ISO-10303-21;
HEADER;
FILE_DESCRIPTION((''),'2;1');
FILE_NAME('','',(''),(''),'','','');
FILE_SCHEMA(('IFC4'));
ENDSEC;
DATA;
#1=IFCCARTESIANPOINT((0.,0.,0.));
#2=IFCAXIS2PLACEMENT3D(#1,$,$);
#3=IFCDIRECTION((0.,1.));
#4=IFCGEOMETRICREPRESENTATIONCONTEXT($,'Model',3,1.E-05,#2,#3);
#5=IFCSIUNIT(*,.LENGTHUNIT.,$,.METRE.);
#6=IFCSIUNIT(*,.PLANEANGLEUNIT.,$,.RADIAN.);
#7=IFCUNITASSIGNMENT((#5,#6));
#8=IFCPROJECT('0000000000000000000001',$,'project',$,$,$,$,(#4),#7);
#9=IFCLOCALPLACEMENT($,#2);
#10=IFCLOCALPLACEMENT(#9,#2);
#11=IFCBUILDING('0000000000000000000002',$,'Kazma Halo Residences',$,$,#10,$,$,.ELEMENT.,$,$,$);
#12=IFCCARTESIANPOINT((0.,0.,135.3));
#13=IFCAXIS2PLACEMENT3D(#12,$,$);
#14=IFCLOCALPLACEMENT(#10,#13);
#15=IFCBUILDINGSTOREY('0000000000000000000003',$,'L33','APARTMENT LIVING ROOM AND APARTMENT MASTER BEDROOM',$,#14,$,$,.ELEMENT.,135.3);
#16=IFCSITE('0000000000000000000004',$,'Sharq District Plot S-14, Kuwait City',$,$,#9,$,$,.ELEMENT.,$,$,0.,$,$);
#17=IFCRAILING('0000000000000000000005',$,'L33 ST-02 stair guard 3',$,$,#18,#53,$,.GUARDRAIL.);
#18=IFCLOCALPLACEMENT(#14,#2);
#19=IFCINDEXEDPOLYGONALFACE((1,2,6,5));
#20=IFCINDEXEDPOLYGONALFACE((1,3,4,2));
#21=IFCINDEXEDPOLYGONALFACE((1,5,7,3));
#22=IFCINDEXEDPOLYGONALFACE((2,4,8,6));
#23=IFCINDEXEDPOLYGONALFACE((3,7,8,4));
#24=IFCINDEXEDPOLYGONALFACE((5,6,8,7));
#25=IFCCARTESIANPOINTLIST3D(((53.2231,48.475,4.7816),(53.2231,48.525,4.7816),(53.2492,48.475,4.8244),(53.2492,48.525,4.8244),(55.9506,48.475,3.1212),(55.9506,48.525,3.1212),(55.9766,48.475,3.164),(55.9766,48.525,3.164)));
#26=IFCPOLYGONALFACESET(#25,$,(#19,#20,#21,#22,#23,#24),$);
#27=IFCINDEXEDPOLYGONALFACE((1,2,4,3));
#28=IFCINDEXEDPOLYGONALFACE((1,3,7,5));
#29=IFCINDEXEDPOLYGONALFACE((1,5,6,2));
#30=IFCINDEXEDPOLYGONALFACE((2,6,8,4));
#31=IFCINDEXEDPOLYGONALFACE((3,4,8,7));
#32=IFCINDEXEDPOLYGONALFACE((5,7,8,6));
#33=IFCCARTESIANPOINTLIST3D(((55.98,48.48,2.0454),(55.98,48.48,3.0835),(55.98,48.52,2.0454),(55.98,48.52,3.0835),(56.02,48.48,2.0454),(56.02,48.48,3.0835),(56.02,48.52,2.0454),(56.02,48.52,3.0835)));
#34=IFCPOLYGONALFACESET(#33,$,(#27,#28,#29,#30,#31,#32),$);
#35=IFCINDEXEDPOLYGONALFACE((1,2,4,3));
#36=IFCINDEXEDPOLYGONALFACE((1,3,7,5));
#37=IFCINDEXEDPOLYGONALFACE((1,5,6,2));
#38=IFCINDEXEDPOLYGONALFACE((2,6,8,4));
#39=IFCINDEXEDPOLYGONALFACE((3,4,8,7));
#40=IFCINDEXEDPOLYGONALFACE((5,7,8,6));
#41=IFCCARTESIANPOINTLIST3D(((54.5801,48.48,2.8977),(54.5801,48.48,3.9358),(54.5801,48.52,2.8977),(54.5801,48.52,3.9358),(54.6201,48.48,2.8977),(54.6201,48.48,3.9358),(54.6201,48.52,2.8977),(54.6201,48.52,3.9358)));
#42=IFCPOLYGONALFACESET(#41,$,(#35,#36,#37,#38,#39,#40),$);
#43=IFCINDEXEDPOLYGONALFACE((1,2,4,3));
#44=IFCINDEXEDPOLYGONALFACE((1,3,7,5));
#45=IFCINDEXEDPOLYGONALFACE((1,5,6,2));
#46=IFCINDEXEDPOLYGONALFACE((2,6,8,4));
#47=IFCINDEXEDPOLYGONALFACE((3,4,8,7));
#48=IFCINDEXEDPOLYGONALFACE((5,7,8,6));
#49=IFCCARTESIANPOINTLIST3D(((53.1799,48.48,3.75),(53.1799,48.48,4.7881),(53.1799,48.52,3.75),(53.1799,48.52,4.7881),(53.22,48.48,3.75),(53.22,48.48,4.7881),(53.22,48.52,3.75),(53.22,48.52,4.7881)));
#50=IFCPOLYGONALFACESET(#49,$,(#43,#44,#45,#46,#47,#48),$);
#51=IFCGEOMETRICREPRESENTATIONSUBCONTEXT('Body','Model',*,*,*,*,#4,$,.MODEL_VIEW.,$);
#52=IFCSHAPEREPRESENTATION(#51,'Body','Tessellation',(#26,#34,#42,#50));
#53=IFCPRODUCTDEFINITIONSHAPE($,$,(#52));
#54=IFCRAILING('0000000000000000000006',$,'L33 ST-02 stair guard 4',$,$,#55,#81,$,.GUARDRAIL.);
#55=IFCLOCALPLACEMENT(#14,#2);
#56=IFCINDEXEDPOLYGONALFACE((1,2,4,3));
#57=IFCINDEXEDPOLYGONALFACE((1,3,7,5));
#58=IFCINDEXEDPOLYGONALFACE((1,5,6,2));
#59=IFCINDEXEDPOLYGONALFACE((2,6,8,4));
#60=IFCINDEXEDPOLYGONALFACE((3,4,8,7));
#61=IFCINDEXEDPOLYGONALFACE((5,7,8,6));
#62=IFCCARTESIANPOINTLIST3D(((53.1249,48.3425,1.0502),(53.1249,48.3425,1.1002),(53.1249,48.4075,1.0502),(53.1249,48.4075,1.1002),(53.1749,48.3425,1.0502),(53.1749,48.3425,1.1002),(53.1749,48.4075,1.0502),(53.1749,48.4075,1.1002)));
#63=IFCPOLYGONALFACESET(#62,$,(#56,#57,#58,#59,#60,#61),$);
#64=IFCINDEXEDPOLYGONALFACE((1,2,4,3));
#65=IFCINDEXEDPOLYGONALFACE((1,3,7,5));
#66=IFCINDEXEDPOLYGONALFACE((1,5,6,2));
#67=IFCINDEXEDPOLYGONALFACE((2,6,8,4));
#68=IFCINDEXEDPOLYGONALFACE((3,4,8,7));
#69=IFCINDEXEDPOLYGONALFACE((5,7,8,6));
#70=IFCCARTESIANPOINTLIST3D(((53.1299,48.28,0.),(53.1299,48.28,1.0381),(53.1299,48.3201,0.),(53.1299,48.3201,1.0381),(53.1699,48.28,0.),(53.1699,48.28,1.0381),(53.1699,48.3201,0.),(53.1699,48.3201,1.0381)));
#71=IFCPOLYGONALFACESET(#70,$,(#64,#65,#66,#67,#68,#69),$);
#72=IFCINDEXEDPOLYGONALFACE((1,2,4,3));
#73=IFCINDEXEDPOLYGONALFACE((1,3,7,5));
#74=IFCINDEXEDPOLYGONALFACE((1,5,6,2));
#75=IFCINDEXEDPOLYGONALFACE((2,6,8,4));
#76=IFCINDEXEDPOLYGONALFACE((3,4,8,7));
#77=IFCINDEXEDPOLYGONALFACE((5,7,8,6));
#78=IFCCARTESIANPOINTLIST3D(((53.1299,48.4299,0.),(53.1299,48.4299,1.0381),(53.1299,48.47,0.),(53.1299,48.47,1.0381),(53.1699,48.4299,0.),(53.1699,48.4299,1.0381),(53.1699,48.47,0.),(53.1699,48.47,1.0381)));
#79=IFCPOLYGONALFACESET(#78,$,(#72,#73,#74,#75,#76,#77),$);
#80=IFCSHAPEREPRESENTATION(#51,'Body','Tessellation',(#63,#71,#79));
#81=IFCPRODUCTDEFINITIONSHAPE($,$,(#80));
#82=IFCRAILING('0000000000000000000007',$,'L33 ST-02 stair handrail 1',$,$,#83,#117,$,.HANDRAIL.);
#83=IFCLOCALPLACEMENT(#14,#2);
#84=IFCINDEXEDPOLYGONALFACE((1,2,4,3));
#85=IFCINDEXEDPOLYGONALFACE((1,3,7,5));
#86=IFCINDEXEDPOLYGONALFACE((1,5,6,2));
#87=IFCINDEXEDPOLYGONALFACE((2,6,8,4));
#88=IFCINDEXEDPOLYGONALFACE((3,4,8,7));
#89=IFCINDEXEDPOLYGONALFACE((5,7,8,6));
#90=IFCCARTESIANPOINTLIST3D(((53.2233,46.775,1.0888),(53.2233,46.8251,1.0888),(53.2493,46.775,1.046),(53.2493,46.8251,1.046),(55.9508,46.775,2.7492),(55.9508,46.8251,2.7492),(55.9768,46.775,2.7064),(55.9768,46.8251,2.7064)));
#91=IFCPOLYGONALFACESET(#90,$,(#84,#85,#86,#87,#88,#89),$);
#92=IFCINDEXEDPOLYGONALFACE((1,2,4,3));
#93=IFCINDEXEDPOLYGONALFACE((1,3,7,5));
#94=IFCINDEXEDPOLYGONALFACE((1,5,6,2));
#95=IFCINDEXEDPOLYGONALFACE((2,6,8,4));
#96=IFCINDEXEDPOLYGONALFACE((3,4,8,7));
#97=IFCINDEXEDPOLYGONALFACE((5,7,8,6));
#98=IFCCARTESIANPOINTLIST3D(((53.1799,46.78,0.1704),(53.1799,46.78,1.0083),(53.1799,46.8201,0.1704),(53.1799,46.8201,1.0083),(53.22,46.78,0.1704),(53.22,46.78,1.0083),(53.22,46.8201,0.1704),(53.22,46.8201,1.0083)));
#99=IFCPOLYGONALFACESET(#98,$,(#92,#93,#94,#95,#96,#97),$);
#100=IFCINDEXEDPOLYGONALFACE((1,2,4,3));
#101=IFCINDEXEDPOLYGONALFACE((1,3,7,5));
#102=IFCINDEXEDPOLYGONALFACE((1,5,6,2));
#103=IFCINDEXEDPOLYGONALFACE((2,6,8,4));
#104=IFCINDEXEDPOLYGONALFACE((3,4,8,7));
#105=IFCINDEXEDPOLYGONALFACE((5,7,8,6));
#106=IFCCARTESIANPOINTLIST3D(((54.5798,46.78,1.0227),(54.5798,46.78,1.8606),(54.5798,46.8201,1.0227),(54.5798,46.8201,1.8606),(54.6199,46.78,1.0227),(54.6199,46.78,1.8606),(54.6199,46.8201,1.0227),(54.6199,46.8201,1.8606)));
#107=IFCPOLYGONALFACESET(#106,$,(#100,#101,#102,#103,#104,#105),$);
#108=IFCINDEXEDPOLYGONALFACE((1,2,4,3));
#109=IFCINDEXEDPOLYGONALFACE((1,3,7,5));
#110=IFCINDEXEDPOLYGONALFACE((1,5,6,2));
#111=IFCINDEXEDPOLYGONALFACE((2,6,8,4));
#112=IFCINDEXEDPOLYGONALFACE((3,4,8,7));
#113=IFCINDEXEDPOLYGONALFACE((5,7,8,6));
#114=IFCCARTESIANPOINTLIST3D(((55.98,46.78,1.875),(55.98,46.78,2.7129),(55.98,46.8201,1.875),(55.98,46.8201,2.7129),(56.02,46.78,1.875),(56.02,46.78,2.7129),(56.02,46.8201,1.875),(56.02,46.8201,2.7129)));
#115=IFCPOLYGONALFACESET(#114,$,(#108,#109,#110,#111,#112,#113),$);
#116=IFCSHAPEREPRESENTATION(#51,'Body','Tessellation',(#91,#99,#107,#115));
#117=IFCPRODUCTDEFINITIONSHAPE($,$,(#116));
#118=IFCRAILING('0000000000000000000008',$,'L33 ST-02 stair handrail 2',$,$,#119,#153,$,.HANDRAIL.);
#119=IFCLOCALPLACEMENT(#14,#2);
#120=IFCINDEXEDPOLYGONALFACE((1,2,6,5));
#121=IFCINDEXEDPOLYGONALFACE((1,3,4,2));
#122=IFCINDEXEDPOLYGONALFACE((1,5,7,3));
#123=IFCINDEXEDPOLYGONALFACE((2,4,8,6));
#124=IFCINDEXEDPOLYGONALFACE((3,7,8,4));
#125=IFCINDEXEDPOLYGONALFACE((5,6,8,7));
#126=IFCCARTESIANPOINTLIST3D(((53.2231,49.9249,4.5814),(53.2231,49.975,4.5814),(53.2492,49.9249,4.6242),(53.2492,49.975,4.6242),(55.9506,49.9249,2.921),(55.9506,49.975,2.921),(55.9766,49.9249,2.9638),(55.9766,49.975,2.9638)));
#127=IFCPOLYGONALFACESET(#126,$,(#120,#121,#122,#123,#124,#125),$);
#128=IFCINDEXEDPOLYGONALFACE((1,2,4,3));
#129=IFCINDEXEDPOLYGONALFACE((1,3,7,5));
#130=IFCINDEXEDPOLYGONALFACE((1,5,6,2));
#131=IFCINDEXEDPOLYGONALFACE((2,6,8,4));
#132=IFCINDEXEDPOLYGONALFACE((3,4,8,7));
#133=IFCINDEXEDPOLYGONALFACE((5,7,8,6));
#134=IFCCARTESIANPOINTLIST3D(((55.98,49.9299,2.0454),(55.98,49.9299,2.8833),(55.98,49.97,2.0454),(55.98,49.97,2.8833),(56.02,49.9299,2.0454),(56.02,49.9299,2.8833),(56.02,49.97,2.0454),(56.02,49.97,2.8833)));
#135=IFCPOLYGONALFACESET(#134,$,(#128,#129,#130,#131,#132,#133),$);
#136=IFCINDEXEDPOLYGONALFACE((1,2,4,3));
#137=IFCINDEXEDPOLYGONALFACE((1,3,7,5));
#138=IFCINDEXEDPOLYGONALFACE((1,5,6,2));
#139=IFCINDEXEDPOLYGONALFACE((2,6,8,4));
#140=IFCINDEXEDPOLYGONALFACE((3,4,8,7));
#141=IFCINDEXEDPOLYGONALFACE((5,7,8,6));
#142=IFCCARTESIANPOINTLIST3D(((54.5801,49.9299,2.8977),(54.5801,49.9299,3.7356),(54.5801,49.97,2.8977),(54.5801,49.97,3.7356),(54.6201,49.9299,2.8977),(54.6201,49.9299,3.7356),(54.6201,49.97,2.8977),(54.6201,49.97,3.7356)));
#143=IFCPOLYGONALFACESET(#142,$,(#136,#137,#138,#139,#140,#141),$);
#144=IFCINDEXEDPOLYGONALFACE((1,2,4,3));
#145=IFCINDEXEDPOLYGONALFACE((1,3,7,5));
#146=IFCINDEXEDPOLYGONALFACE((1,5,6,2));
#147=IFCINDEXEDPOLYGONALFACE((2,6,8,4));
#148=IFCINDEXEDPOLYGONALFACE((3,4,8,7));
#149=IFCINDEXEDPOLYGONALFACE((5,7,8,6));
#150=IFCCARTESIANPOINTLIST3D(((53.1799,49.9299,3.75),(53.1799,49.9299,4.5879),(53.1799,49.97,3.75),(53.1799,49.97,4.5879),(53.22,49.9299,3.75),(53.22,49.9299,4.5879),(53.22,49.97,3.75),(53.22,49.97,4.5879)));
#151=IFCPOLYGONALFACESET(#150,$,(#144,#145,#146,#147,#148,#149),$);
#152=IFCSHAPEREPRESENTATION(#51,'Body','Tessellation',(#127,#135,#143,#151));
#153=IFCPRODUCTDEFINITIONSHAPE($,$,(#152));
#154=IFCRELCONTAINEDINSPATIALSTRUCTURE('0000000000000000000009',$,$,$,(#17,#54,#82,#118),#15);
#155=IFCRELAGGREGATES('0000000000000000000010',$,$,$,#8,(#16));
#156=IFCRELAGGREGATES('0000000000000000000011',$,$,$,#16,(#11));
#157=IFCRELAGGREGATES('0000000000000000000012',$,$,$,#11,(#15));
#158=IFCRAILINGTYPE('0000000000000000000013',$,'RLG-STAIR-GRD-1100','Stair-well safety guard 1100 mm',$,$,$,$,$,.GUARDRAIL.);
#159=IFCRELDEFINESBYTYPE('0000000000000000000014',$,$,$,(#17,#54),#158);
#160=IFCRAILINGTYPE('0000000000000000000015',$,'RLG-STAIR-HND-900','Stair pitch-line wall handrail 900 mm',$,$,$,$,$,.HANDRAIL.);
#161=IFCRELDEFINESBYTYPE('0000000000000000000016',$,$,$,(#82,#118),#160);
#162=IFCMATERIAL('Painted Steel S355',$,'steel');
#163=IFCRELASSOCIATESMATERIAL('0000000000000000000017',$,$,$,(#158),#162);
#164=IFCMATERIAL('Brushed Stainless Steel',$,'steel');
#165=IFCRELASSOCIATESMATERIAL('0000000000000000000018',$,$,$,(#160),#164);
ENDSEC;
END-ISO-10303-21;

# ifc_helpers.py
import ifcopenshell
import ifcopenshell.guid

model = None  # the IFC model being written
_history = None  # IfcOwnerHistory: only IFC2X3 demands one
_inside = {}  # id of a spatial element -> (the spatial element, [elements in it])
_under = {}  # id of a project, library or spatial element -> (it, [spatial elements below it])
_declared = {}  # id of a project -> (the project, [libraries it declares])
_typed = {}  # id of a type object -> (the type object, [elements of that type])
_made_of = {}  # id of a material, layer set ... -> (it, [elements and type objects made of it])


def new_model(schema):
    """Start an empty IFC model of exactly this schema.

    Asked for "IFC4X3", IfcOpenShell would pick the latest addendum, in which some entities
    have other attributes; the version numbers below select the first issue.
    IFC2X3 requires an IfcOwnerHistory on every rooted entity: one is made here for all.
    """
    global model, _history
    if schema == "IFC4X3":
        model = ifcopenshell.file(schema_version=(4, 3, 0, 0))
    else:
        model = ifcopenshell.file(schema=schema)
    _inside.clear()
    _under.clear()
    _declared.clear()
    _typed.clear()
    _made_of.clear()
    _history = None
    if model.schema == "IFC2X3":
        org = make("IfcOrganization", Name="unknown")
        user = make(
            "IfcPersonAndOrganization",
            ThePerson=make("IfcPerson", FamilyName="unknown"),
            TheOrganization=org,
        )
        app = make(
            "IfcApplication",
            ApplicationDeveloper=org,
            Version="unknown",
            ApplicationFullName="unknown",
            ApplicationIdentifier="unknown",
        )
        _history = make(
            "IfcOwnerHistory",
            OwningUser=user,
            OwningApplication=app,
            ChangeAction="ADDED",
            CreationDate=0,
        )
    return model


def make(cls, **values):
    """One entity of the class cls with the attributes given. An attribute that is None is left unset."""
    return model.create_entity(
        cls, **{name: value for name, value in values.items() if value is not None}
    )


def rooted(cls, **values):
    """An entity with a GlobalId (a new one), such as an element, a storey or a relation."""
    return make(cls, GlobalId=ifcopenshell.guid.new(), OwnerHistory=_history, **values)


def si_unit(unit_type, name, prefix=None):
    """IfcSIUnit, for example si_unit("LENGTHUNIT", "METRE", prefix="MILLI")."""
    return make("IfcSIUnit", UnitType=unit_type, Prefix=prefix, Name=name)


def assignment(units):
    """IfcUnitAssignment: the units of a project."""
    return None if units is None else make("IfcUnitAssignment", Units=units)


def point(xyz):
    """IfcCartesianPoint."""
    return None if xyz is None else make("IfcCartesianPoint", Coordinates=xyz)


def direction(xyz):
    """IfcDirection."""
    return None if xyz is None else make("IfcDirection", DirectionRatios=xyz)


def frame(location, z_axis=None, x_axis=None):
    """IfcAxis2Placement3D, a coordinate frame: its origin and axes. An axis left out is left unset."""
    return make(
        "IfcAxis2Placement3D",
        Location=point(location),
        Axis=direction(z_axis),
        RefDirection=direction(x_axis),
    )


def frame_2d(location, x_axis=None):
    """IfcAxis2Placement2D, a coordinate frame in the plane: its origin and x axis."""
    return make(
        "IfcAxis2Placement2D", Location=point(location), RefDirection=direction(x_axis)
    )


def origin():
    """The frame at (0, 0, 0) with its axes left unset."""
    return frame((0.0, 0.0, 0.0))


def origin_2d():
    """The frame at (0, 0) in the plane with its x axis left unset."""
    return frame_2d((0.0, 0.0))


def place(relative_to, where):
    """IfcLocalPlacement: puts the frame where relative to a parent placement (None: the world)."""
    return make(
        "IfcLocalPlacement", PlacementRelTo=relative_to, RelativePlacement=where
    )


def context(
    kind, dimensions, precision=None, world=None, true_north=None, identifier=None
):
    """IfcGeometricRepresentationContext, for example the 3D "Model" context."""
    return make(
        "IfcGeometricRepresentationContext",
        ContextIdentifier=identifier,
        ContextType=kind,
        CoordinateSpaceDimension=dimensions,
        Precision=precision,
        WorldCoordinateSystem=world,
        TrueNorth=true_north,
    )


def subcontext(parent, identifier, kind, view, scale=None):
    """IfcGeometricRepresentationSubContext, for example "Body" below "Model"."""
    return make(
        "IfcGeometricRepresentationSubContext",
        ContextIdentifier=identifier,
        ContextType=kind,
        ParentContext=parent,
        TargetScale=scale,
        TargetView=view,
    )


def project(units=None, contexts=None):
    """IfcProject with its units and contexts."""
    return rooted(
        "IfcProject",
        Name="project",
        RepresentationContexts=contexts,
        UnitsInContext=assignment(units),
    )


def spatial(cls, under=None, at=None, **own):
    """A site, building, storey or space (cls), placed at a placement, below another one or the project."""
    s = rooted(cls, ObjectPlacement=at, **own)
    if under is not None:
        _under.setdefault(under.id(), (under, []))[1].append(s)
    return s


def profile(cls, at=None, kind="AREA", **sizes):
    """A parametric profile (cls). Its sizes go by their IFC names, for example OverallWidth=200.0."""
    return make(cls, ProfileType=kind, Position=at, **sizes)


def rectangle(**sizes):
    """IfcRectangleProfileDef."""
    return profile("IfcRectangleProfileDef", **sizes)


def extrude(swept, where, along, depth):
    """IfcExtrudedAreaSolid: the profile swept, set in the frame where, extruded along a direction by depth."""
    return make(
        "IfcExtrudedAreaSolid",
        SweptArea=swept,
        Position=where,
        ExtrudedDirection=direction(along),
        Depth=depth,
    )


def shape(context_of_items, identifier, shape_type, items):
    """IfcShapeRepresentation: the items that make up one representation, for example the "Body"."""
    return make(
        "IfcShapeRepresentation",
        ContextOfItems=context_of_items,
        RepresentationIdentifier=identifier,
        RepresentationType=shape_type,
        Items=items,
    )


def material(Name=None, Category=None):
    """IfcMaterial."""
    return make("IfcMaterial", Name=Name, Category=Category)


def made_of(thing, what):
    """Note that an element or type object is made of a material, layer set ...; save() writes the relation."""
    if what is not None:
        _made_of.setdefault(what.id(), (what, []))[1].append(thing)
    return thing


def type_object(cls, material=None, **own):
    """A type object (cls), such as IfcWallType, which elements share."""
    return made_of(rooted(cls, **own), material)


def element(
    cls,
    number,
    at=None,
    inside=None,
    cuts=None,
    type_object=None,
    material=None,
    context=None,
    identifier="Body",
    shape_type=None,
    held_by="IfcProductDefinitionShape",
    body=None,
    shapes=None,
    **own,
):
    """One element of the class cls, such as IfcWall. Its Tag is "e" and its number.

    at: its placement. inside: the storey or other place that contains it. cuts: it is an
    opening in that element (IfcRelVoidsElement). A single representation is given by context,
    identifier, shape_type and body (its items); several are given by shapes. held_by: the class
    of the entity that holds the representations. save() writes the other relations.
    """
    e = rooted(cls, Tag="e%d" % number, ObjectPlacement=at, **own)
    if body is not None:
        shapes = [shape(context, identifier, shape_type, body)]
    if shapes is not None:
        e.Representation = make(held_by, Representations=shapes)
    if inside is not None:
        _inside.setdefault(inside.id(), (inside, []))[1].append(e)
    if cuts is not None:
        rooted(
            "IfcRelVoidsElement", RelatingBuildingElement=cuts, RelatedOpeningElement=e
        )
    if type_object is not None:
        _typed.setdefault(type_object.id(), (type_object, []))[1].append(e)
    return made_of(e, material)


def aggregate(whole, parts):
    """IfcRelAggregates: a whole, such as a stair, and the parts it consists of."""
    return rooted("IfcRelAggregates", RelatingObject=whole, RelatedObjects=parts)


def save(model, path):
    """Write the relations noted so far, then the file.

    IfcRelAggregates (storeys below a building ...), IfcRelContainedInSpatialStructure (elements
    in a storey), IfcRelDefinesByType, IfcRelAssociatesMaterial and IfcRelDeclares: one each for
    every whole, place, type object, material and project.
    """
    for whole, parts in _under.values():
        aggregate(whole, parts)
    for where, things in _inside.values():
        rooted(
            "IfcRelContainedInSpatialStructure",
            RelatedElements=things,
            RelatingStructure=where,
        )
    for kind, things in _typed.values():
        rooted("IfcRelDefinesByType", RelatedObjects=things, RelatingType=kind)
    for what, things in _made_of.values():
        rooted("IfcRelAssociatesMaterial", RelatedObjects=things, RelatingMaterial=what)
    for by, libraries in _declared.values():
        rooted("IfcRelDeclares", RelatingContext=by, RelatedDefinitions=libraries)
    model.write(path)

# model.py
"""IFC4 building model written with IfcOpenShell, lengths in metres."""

from ifc_helpers import new_model, si_unit, direction, frame, origin, origin_2d, place, context, subcontext, project, spatial, rectangle, extrude, material, type_object, element, save


model = new_model("IFC4")

# Units and contexts
model_context = context("Model", 3, precision=1e-05, world=origin(), true_north=direction((0.0, 1.0)))
body_context = subcontext(model_context, "Body", "Model", "MODEL_VIEW")
ifc_project = project(units=[si_unit("LENGTHUNIT", "METRE"), si_unit("PLANEANGLEUNIT", "RADIAN")], contexts=[model_context])

# Site, building, storey
site_placement = place(None, origin())
site = spatial("IfcSite", under=ifc_project, at=site_placement, Name="Sharq District Plot S-14, Kuwait City", CompositionType="ELEMENT", RefElevation=0.0)
building_placement = place(site_placement, origin())
building = spatial("IfcBuilding", under=site, at=building_placement, Name="Kazma Halo Residences", CompositionType="ELEMENT")
storey_placement = place(building_placement, frame((0.0, 0.0, 135.3)))
storey = spatial("IfcBuildingStorey", under=building, at=storey_placement, Name="L33", Description="APARTMENT LIVING ROOM AND APARTMENT MASTER BEDROOM", CompositionType="ELEMENT", Elevation=135.3)

# Railings
ifc_material_1 = material(Name="Painted Steel S355", Category="steel")
railing_type_1 = type_object("IfcRailingType", Name="RLG-STAIR-GRD-1100", Description="Stair-well safety guard 1100 mm", PredefinedType="GUARDRAIL", material=ifc_material_1)
railing_1_placement = place(storey_placement, frame((56.0, 48.5, 2.0454)))
element("IfcRailing", 1, at=railing_1_placement, inside=storey, type_object=railing_type_1, Name="L33 ST-02 stair guard 3", PredefinedType="GUARDRAIL", context=body_context, shape_type="SweptSolid", body=[
    extrude(rectangle(XDim=0.05, YDim=0.05, at=origin_2d()), frame((-0.0364, 0.0, 1.0972), z_axis=(-0.85417, 0.0, 0.519994), x_axis=(0.0, -1.0, 0.0)), (0.0, 0.0, 1.0), 3.1931),
    extrude(rectangle(XDim=0.04, YDim=0.04, at=origin_2d()), origin(), (0.0, 0.0, 1.0), 1.0381),
    extrude(rectangle(XDim=0.04, YDim=0.04, at=origin_2d()), frame((-1.3999, 0.0, 0.8523)), (0.0, 0.0, 1.0), 1.0381),
    extrude(rectangle(XDim=0.04, YDim=0.04, at=origin_2d()), frame((-2.8, 0.0, 1.7046)), (0.0, 0.0, 1.0), 1.0381),
])
railing_2_placement = place(storey_placement, frame((53.1499, 48.3, 0.0)))
element("IfcRailing", 2, at=railing_2_placement, inside=storey, type_object=railing_type_1, Name="L33 ST-02 stair guard 4", PredefinedType="GUARDRAIL", context=body_context, shape_type="SweptSolid", body=[
    extrude(rectangle(XDim=0.05, YDim=0.05, at=origin_2d()), frame((0.0, 0.0425, 1.0752), z_axis=(0.0, 1.0, 0.0), x_axis=(-1.0, 0.0, 0.0)), (0.0, 0.0, 1.0), 0.0649),
    extrude(rectangle(XDim=0.04, YDim=0.04, at=origin_2d()), origin(), (0.0, 0.0, 1.0), 1.0381),
    extrude(rectangle(XDim=0.04, YDim=0.04, at=origin_2d()), frame((0.0, 0.1499, 0.0)), (0.0, 0.0, 1.0), 1.0381),
])
ifc_material_2 = material(Name="Brushed Stainless Steel", Category="steel")
railing_type_2 = type_object("IfcRailingType", Name="RLG-STAIR-HND-900", Description="Stair pitch-line wall handrail 900 mm", PredefinedType="HANDRAIL", material=ifc_material_2)
railing_3_placement = place(storey_placement, frame((53.2, 46.8, 0.1704)))
element("IfcRailing", 3, at=railing_3_placement, inside=storey, type_object=railing_type_2, Name="L33 ST-02 stair handrail 1", PredefinedType="HANDRAIL", context=body_context, shape_type="SweptSolid", body=[
    extrude(rectangle(XDim=0.05, YDim=0.05, at=origin_2d()), frame((0.0364, 0.0, 0.897), z_axis=(0.85417, 0.0, 0.519994), x_axis=(0.0, 1.0, 0.0)), (0.0, 0.0, 1.0), 3.1931),
    extrude(rectangle(XDim=0.04, YDim=0.04, at=origin_2d()), origin(), (0.0, 0.0, 1.0), 0.8379),
    extrude(rectangle(XDim=0.04, YDim=0.04, at=origin_2d()), frame((1.3999, 0.0, 0.8523)), (0.0, 0.0, 1.0), 0.8379),
    extrude(rectangle(XDim=0.04, YDim=0.04, at=origin_2d()), frame((2.8, 0.0, 1.7046)), (0.0, 0.0, 1.0), 0.8379),
])
railing_4_placement = place(storey_placement, frame((56.0, 49.95, 2.0454)))
element("IfcRailing", 4, at=railing_4_placement, inside=storey, type_object=railing_type_2, Name="L33 ST-02 stair handrail 2", PredefinedType="HANDRAIL", context=body_context, shape_type="SweptSolid", body=[
    extrude(rectangle(XDim=0.05, YDim=0.05, at=origin_2d()), frame((-0.0364, 0.0, 0.897), z_axis=(-0.85417, 0.0, 0.519994), x_axis=(0.0, -1.0, 0.0)), (0.0, 0.0, 1.0), 3.1931),
    extrude(rectangle(XDim=0.04, YDim=0.04, at=origin_2d()), origin(), (0.0, 0.0, 1.0), 0.8379),
    extrude(rectangle(XDim=0.04, YDim=0.04, at=origin_2d()), frame((-1.3999, 0.0, 0.8523)), (0.0, 0.0, 1.0), 0.8379),
    extrude(rectangle(XDim=0.04, YDim=0.04, at=origin_2d()), frame((-2.8, 0.0, 1.7046)), (0.0, 0.0, 1.0), 0.8379),
])

save(model, "model.ifc")
